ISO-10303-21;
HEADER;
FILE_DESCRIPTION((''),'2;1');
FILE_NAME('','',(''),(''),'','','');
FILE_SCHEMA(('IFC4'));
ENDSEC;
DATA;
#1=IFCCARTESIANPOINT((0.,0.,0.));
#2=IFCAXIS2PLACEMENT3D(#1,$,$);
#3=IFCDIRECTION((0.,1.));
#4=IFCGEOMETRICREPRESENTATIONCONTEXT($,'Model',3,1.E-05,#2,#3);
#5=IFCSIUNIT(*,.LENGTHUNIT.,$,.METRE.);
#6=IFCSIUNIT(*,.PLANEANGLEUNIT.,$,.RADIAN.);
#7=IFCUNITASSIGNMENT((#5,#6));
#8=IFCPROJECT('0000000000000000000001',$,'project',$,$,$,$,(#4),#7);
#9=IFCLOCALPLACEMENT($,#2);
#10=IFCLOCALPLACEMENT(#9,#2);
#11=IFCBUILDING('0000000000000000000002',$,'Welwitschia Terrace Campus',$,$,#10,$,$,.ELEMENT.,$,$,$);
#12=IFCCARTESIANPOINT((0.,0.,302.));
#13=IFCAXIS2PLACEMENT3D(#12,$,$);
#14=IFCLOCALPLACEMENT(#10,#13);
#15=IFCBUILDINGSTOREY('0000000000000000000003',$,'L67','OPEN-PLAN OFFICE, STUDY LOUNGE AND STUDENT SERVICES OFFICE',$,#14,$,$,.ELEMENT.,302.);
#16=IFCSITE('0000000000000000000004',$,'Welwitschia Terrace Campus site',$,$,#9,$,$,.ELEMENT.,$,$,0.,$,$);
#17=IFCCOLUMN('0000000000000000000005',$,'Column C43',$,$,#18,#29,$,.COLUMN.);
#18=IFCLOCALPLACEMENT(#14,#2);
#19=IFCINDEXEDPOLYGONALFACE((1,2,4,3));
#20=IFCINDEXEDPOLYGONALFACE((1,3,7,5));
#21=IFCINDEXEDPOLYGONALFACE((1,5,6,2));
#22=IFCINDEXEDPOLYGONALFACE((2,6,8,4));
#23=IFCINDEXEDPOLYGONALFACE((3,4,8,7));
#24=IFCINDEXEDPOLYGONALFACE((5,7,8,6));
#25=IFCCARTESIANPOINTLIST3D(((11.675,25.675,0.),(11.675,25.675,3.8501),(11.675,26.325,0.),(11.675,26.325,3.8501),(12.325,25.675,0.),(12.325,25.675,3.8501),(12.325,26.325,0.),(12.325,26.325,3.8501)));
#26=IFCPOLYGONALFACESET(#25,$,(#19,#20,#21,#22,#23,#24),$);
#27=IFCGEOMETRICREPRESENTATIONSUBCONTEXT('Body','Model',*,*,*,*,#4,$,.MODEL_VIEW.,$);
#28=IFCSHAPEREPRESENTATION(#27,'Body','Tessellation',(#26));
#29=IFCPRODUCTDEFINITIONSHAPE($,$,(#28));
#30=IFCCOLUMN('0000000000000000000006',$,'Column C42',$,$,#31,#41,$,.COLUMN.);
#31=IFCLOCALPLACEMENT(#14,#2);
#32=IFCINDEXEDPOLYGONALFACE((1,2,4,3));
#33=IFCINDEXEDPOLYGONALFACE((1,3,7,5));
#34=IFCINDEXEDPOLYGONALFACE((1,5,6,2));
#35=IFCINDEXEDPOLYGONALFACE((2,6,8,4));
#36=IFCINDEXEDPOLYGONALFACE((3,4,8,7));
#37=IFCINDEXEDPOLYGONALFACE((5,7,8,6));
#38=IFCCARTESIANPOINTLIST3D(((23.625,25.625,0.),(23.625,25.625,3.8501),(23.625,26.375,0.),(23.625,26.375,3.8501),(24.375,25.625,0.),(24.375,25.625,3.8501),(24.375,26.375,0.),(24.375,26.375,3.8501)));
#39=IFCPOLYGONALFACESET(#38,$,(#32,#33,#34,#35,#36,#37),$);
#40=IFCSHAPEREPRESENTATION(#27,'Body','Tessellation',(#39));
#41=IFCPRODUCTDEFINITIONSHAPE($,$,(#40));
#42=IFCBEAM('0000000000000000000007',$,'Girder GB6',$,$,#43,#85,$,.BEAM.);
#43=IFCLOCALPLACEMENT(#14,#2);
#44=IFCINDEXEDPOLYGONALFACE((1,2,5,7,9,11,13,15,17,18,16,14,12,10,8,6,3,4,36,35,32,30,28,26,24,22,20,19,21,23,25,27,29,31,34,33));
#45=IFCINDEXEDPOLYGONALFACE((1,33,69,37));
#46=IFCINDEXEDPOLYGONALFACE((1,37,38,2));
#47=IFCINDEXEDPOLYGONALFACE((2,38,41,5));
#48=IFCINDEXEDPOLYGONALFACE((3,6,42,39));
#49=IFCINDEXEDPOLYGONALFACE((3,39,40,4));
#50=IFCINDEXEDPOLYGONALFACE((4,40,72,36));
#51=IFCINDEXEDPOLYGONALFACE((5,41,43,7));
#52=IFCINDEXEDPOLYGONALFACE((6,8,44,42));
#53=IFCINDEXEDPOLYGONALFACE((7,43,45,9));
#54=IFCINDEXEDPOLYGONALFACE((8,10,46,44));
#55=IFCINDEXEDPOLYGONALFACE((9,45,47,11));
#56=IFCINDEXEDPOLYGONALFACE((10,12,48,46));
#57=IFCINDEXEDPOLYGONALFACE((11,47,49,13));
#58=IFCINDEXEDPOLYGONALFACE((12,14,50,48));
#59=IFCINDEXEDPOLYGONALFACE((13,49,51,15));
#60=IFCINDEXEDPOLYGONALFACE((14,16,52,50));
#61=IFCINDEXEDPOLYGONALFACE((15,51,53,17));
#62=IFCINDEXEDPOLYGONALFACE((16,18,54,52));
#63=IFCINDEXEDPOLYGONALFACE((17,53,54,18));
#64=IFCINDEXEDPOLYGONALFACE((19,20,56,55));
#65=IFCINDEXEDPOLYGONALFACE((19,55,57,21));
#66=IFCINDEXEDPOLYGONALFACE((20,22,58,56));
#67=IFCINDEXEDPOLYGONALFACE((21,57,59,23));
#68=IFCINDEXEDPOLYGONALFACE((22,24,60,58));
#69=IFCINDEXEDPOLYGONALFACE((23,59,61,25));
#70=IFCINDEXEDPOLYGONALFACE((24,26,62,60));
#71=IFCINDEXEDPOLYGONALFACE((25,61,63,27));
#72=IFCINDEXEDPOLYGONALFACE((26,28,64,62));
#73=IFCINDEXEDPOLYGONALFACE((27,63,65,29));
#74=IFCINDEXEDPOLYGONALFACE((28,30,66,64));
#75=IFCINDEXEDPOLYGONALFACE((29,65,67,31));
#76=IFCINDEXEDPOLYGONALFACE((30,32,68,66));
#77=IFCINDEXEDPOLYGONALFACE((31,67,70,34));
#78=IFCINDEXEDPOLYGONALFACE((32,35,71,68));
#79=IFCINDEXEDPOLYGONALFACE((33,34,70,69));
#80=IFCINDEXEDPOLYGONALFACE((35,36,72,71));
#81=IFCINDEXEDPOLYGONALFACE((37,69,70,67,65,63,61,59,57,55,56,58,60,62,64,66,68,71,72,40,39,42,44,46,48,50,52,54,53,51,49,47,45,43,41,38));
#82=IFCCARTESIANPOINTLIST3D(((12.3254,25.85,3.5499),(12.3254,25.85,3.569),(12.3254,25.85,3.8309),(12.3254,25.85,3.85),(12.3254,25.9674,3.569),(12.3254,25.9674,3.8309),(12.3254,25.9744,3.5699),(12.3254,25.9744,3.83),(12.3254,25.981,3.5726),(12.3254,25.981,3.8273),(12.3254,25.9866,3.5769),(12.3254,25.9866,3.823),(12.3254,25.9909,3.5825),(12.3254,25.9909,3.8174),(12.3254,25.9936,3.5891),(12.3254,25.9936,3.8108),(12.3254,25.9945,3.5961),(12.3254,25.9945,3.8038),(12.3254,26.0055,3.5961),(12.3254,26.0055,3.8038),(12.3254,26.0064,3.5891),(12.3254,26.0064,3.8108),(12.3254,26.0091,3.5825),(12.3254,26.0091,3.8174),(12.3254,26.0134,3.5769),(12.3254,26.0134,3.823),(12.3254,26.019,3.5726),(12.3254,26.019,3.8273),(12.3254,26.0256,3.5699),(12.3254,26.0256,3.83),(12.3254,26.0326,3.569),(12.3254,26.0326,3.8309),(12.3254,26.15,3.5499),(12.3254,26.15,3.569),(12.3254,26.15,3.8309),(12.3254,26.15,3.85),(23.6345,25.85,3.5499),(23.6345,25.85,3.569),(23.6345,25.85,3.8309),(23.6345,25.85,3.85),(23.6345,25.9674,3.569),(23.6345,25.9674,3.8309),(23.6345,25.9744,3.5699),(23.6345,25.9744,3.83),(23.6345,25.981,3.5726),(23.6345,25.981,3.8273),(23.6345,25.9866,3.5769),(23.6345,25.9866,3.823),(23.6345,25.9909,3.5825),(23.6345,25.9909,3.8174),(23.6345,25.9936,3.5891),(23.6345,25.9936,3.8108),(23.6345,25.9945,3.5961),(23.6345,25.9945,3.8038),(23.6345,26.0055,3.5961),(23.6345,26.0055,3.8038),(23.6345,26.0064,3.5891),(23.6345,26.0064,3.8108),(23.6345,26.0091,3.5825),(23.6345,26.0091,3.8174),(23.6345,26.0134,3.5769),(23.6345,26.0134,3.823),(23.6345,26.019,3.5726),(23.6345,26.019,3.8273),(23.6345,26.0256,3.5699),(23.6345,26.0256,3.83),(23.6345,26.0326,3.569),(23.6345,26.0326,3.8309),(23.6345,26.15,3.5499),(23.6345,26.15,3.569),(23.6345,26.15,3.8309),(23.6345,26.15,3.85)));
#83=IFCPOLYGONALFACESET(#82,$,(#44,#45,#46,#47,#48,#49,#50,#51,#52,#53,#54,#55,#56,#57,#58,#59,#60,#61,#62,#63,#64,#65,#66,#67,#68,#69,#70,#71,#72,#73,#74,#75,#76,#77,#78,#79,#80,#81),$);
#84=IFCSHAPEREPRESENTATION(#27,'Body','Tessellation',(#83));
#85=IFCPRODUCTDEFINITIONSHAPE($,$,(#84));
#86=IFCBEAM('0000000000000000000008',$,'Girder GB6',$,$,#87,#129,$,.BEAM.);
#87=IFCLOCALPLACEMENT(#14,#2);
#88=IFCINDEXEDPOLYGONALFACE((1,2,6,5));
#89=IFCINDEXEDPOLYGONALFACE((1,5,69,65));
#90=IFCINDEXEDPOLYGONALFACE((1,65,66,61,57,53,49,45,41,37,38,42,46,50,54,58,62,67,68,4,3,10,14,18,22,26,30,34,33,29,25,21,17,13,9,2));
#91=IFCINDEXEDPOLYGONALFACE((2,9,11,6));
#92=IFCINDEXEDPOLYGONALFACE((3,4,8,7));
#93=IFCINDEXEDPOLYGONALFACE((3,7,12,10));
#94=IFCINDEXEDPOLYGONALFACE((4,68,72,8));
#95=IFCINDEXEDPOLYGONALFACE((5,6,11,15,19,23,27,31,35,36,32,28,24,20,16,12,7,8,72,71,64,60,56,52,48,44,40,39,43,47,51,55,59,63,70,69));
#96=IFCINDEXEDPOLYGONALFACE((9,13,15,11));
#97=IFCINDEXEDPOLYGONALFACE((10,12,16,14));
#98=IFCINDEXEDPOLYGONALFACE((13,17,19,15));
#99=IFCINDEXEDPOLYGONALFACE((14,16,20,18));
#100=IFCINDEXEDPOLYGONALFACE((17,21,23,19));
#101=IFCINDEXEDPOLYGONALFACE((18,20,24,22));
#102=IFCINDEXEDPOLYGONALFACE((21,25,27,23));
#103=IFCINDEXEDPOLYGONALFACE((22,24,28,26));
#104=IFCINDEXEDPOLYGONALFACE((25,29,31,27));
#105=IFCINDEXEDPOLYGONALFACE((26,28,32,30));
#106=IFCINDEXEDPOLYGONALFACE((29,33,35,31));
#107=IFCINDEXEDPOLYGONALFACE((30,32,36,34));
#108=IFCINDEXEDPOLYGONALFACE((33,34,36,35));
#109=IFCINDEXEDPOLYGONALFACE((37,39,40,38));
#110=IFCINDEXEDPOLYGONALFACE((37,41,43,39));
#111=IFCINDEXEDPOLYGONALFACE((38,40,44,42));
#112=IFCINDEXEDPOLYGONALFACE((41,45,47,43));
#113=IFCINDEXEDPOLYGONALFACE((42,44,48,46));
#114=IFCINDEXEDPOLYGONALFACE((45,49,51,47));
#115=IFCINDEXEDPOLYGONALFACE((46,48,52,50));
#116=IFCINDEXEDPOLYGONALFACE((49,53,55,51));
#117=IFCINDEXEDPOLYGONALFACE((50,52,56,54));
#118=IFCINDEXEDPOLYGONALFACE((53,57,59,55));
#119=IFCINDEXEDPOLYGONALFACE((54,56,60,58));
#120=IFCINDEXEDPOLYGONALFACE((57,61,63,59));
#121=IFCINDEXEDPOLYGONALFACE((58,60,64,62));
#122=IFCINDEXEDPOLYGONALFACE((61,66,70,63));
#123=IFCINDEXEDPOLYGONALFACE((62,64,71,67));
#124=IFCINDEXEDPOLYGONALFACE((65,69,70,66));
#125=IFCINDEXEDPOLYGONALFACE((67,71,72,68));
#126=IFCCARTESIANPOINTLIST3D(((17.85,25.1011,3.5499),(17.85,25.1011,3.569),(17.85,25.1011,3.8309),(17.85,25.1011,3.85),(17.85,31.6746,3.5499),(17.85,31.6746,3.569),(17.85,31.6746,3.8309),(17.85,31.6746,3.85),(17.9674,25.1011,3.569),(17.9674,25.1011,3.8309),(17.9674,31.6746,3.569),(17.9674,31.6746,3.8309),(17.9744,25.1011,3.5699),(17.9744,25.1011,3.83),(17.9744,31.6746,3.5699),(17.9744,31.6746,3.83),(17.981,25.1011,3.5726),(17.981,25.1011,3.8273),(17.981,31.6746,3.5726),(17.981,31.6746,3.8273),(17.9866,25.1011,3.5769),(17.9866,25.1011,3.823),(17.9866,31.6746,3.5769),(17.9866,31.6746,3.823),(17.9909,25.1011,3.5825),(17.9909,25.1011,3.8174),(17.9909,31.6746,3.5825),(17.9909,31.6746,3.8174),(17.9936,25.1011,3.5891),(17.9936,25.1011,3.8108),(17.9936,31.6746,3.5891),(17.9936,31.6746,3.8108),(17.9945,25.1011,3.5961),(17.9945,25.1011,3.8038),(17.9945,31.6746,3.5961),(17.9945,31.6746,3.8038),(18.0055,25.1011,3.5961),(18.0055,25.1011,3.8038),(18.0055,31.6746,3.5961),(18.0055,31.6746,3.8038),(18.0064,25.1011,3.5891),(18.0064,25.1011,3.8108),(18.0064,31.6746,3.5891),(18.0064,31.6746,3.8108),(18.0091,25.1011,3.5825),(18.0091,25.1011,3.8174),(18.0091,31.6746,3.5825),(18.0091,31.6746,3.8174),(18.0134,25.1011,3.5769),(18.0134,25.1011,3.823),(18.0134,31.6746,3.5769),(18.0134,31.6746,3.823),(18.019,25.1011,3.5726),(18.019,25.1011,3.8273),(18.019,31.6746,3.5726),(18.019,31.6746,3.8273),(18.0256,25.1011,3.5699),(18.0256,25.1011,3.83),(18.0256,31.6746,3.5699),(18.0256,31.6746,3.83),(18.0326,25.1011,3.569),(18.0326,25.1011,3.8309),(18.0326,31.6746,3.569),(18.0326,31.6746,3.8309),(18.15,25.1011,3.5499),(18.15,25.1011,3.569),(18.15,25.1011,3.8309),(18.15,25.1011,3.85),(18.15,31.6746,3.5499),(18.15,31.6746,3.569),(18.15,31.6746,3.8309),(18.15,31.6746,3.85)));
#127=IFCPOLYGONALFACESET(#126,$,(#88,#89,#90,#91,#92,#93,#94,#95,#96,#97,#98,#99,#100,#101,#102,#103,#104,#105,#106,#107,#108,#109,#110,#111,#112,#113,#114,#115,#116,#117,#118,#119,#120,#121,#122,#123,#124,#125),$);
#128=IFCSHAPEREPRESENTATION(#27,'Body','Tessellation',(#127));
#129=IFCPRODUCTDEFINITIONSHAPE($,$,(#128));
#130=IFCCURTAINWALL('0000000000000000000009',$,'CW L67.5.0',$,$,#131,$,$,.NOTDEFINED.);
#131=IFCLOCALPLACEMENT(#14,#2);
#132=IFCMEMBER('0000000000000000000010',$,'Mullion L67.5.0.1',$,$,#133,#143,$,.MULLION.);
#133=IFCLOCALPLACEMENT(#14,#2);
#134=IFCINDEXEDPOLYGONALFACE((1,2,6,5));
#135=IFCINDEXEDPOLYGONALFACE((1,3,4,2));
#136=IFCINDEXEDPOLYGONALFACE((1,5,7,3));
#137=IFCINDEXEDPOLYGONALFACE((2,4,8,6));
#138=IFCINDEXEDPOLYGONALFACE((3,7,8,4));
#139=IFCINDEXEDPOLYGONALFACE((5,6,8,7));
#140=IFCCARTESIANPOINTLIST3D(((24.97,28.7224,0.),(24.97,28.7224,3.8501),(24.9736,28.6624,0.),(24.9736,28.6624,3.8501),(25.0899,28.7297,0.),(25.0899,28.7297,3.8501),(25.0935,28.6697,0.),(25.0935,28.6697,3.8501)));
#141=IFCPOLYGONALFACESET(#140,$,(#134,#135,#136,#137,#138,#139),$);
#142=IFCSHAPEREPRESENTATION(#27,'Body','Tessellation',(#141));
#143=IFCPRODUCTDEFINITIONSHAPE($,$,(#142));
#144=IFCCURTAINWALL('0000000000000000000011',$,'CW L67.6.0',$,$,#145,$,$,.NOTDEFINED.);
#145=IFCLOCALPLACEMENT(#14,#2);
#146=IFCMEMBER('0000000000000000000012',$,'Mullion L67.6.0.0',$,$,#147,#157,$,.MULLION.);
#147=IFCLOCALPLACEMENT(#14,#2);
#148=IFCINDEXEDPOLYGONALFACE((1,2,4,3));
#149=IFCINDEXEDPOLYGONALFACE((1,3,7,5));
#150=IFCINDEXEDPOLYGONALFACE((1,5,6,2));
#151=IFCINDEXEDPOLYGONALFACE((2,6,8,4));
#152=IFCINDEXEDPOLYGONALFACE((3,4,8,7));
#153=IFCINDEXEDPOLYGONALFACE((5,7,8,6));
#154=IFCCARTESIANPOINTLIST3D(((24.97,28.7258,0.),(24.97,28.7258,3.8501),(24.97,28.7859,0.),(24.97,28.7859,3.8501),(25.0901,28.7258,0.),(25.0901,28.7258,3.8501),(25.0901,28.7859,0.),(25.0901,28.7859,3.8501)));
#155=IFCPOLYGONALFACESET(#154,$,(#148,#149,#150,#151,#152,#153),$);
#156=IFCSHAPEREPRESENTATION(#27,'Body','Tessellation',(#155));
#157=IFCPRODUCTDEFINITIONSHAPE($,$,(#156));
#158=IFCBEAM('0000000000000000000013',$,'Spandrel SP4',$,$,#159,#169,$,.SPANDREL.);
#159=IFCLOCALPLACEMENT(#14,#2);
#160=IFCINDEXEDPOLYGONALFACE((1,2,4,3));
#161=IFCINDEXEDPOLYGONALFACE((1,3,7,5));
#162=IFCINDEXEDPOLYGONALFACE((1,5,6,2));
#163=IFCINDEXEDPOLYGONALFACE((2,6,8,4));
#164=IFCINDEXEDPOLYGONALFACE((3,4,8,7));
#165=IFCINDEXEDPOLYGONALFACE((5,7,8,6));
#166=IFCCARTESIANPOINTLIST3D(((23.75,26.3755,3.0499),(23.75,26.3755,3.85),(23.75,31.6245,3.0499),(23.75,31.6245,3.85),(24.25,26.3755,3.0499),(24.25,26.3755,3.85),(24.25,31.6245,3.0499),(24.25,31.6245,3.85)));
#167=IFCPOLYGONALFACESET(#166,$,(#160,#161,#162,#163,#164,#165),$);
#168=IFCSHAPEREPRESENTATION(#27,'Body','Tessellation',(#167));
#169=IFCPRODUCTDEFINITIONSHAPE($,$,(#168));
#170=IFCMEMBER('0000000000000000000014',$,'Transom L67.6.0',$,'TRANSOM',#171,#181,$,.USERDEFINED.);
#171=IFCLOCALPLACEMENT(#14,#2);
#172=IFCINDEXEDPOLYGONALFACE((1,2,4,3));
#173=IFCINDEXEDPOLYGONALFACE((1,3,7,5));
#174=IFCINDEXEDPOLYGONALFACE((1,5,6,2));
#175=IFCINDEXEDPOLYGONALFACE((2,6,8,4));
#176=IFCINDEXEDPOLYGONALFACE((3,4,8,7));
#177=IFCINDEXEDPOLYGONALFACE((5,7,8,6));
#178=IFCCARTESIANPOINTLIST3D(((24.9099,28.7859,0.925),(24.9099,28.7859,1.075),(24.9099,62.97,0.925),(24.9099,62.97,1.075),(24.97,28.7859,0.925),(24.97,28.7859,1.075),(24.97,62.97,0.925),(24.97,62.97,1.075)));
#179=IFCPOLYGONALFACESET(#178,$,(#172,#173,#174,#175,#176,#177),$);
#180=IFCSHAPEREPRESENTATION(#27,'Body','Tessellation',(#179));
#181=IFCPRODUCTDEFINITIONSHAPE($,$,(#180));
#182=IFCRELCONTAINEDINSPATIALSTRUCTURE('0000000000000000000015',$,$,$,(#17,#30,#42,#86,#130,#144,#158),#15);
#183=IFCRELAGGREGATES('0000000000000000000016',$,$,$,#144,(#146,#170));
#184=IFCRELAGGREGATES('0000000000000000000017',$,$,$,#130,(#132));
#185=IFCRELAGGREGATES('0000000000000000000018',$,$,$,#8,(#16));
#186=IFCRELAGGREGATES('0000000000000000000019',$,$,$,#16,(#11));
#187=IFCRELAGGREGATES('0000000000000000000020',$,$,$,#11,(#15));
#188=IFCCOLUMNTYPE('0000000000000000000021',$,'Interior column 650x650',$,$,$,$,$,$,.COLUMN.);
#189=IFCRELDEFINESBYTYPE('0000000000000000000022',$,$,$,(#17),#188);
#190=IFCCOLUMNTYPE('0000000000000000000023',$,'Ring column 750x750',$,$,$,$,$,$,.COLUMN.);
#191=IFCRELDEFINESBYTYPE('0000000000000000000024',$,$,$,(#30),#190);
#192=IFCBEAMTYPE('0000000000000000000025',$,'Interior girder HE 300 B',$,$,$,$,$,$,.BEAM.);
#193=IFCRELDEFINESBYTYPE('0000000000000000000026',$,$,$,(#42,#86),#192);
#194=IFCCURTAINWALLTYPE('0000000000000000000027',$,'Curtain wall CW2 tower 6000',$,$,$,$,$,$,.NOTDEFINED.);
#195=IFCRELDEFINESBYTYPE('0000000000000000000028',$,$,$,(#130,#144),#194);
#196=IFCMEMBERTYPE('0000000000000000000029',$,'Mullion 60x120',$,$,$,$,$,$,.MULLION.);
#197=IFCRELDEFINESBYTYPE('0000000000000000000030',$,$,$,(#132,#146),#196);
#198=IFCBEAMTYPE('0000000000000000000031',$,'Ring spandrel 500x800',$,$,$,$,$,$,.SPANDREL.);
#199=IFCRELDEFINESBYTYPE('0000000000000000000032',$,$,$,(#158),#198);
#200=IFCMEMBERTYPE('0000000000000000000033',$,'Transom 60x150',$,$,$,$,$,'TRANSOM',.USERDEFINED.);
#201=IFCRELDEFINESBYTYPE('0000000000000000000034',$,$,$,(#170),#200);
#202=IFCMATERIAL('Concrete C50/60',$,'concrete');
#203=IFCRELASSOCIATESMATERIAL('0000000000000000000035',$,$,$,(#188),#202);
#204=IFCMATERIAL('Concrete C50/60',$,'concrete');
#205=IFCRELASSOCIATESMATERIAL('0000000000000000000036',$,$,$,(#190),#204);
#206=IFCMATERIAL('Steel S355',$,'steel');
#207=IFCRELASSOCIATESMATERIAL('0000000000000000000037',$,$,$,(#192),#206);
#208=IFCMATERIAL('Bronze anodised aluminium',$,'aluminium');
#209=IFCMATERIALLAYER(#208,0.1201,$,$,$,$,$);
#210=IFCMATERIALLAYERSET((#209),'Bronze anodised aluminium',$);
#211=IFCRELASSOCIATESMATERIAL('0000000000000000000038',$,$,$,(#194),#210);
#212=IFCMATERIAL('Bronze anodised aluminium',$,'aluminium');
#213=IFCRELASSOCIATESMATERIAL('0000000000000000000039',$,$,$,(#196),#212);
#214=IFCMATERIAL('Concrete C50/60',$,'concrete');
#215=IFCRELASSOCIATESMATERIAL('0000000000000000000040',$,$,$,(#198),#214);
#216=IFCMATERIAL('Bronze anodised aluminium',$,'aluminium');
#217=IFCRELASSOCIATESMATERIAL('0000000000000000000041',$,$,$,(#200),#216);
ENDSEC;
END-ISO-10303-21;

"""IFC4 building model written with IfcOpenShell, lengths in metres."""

from ifc_helpers import new_model, si_unit, direction, frame, origin, origin_2d, place, context, subcontext, project, spatial, rectangle, i_section, extrude, material, layer, layer_set, material_profile, profile_set, type_object, element, aggregate, save


model = new_model("IFC4")

# Units and contexts
model_context = context("Model", 3, precision=1e-05, world=origin(), true_north=direction((0.0, 1.0)))
body_context = subcontext(model_context, "Body", "Model", "MODEL_VIEW")
ifc_project = project(units=[si_unit("LENGTHUNIT", "METRE"), si_unit("PLANEANGLEUNIT", "RADIAN")], contexts=[model_context])

# Site, building, storey
site_placement = place(None, origin())
site = spatial("IfcSite", under=ifc_project, at=site_placement, Name="Welwitschia Terrace Campus site", CompositionType="ELEMENT", RefElevation=0.0)
building_placement = place(site_placement, origin())
building = spatial("IfcBuilding", under=site, at=building_placement, Name="Welwitschia Terrace Campus", CompositionType="ELEMENT")
storey_placement = place(building_placement, frame((0.0, 0.0, 302.0)))
storey = spatial("IfcBuildingStorey", under=building, at=storey_placement, Name="L67", Description="OPEN-PLAN OFFICE, STUDY LOUNGE AND STUDENT SERVICES OFFICE", CompositionType="ELEMENT", Elevation=302.0)

# Columns
ifc_material_1 = material(Name="Concrete C50/60", Category="concrete")
ifc_material_profile_1 = material_profile(ifc_material_1, rectangle(XDim=0.6499, YDim=0.6499, at=origin_2d()))
ifc_profile_set_1 = profile_set([ifc_material_profile_1], Name="Concrete C50/60")
column_type_1 = type_object("IfcColumnType", Name="Interior column 650x650", PredefinedType="COLUMN", material=ifc_profile_set_1)
column_1_placement = place(storey_placement, frame((12.0, 26.0, 0.0), z_axis=(0.0, 0.0, 1.0), x_axis=(1.0, 0.0, 0.0)))
element("IfcColumn", 1, at=column_1_placement, inside=storey, type_object=column_type_1, Name="Column C43", PredefinedType="COLUMN", context=body_context, shape_type="SweptSolid", body=[
    extrude(rectangle(XDim=0.6499, YDim=0.6499, at=origin_2d()), origin(), (0.0, 0.0, 1.0), 3.8501),
])
ifc_material_2 = material(Name="Concrete C50/60", Category="concrete")
ifc_material_profile_2 = material_profile(ifc_material_2, rectangle(XDim=0.75, YDim=0.75, at=origin_2d()))
ifc_profile_set_2 = profile_set([ifc_material_profile_2], Name="Concrete C50/60")
column_type_2 = type_object("IfcColumnType", Name="Ring column 750x750", PredefinedType="COLUMN", material=ifc_profile_set_2)
column_2_placement = place(storey_placement, frame((24.0, 26.0, 0.0), z_axis=(0.0, 0.0, 1.0), x_axis=(1.0, 0.0, 0.0)))
element("IfcColumn", 2, at=column_2_placement, inside=storey, type_object=column_type_2, Name="Column C42", PredefinedType="COLUMN", context=body_context, shape_type="SweptSolid", body=[
    extrude(rectangle(XDim=0.75, YDim=0.75, at=origin_2d()), origin(), (0.0, 0.0, 1.0), 3.8501),
])

# Beams
ifc_material_3 = material(Name="Steel S355", Category="steel")
ifc_material_profile_3 = material_profile(ifc_material_3, i_section(OverallWidth=0.3, OverallDepth=0.3, WebThickness=0.011, FlangeThickness=0.019, FilletRadius=0.0271, at=origin_2d()))
ifc_profile_set_3 = profile_set([ifc_material_profile_3], Name="Steel S355")
beam_type_1 = type_object("IfcBeamType", Name="Interior girder HE 300 B", PredefinedType="BEAM", material=ifc_profile_set_3)
beam_1_placement = place(storey_placement, frame((12.3254, 26.0, 3.7), z_axis=(1.0, 0.0, 0.0), x_axis=(0.0, 1.0, 0.0)))
element("IfcBeam", 3, at=beam_1_placement, inside=storey, type_object=beam_type_1, Name="Girder GB6", PredefinedType="BEAM", context=body_context, shape_type="SweptSolid", body=[
    extrude(i_section(OverallWidth=0.3, OverallDepth=0.3, WebThickness=0.011, FlangeThickness=0.019, FilletRadius=0.0271, at=origin_2d()), origin(), (0.0, 0.0, 1.0), 11.3091),
])
beam_2_placement = place(storey_placement, frame((18.0, 25.1011, 3.7), z_axis=(0.0, 1.0, 0.0), x_axis=(-1.0, 0.0, 0.0)))
element("IfcBeam", 4, at=beam_2_placement, inside=storey, type_object=beam_type_1, Name="Girder GB6", PredefinedType="BEAM", context=body_context, shape_type="SweptSolid", body=[
    extrude(i_section(OverallWidth=0.3, OverallDepth=0.3, WebThickness=0.011, FlangeThickness=0.019, FilletRadius=0.0271, at=origin_2d()), origin(), (0.0, 0.0, 1.0), 6.5735),
])

# Curtain walls, members
ifc_material_4 = material(Name="Bronze anodised aluminium", Category="aluminium")
ifc_layer_1 = layer(ifc_material_4, 0.1201)
ifc_layer_set_1 = layer_set([ifc_layer_1], Name="Bronze anodised aluminium")
curtain_wall_type = type_object("IfcCurtainWallType", Name="Curtain wall CW2 tower 6000", PredefinedType="NOTDEFINED", material=ifc_layer_set_1)
curtain_wall_1_placement = place(storey_placement, origin())
curtain_wall_1 = element("IfcCurtainWall", 5, at=curtain_wall_1_placement, inside=storey, type_object=curtain_wall_type, Name="CW L67.5.0", PredefinedType="NOTDEFINED")
ifc_material_5 = material(Name="Bronze anodised aluminium", Category="aluminium")
ifc_material_profile_4 = material_profile(ifc_material_5, rectangle(XDim=0.1201, YDim=0.0601, at=origin_2d()))
ifc_profile_set_4 = profile_set([ifc_material_profile_4], Name="Bronze anodised aluminium")
member_type_1 = type_object("IfcMemberType", Name="Mullion 60x120", PredefinedType="MULLION", material=ifc_profile_set_4)
member_1_placement = place(storey_placement, frame((25.0317, 28.696, 0.0), z_axis=(0.0, 0.0, 1.0), x_axis=(-0.998135, -0.061049, 0.0)))
member_1 = element("IfcMember", 6, at=member_1_placement, type_object=member_type_1, Name="Mullion L67.5.0.1", PredefinedType="MULLION", context=body_context, shape_type="SweptSolid", body=[
    extrude(rectangle(XDim=0.1201, YDim=0.0601, at=origin_2d()), origin(), (0.0, 0.0, 1.0), 3.8501),
])
curtain_wall_2_placement = place(storey_placement, origin())
curtain_wall_2 = element("IfcCurtainWall", 7, at=curtain_wall_2_placement, inside=storey, type_object=curtain_wall_type, Name="CW L67.6.0", PredefinedType="NOTDEFINED")
member_2_placement = place(storey_placement, frame((25.03, 28.7559, 0.0), z_axis=(0.0, 0.0, 1.0), x_axis=(-1.0, 0.0, 0.0)))
member_2 = element("IfcMember", 8, at=member_2_placement, type_object=member_type_1, Name="Mullion L67.6.0.0", PredefinedType="MULLION", context=body_context, shape_type="SweptSolid", body=[
    extrude(rectangle(XDim=0.1201, YDim=0.0601, at=origin_2d()), origin(), (0.0, 0.0, 1.0), 3.8501),
])

# Beam
ifc_material_6 = material(Name="Concrete C50/60", Category="concrete")
ifc_material_profile_5 = material_profile(ifc_material_6, rectangle(XDim=0.5, YDim=0.8, at=origin_2d()))
ifc_profile_set_5 = profile_set([ifc_material_profile_5], Name="Concrete C50/60")
beam_type_2 = type_object("IfcBeamType", Name="Ring spandrel 500x800", PredefinedType="SPANDREL", material=ifc_profile_set_5)
beam_3_placement = place(storey_placement, frame((24.0, 26.3755, 3.45), z_axis=(0.0, 1.0, 0.0), x_axis=(-1.0, 0.0, 0.0)))
element("IfcBeam", 9, at=beam_3_placement, inside=storey, type_object=beam_type_2, Name="Spandrel SP4", PredefinedType="SPANDREL", context=body_context, shape_type="SweptSolid", body=[
    extrude(rectangle(XDim=0.5, YDim=0.8, at=origin_2d()), origin(), (0.0, 0.0, 1.0), 5.249),
])

# Member
ifc_material_7 = material(Name="Bronze anodised aluminium", Category="aluminium")
ifc_material_profile_6 = material_profile(ifc_material_7, rectangle(XDim=0.0601, YDim=0.1499, at=origin_2d()))
ifc_profile_set_6 = profile_set([ifc_material_profile_6], Name="Bronze anodised aluminium")
member_type_2 = type_object("IfcMemberType", Name="Transom 60x150", ElementType="TRANSOM", PredefinedType="USERDEFINED", material=ifc_profile_set_6)
member_3_placement = place(storey_placement, frame((24.9399, 28.7859, 1.0), z_axis=(0.0, 1.0, 0.0), x_axis=(-1.0, 0.0, 0.0)))
member_3 = element("IfcMember", 10, at=member_3_placement, type_object=member_type_2, Name="Transom L67.6.0", ObjectType="TRANSOM", PredefinedType="USERDEFINED", context=body_context, shape_type="SweptSolid", body=[
    extrude(rectangle(XDim=0.0601, YDim=0.1499, at=origin_2d()), origin(), (0.0, 0.0, 1.0), 34.1841),
])
aggregate(curtain_wall_2, [member_2, member_3])

aggregate(curtain_wall_1, [member_1])

save(model, "model.ifc")
